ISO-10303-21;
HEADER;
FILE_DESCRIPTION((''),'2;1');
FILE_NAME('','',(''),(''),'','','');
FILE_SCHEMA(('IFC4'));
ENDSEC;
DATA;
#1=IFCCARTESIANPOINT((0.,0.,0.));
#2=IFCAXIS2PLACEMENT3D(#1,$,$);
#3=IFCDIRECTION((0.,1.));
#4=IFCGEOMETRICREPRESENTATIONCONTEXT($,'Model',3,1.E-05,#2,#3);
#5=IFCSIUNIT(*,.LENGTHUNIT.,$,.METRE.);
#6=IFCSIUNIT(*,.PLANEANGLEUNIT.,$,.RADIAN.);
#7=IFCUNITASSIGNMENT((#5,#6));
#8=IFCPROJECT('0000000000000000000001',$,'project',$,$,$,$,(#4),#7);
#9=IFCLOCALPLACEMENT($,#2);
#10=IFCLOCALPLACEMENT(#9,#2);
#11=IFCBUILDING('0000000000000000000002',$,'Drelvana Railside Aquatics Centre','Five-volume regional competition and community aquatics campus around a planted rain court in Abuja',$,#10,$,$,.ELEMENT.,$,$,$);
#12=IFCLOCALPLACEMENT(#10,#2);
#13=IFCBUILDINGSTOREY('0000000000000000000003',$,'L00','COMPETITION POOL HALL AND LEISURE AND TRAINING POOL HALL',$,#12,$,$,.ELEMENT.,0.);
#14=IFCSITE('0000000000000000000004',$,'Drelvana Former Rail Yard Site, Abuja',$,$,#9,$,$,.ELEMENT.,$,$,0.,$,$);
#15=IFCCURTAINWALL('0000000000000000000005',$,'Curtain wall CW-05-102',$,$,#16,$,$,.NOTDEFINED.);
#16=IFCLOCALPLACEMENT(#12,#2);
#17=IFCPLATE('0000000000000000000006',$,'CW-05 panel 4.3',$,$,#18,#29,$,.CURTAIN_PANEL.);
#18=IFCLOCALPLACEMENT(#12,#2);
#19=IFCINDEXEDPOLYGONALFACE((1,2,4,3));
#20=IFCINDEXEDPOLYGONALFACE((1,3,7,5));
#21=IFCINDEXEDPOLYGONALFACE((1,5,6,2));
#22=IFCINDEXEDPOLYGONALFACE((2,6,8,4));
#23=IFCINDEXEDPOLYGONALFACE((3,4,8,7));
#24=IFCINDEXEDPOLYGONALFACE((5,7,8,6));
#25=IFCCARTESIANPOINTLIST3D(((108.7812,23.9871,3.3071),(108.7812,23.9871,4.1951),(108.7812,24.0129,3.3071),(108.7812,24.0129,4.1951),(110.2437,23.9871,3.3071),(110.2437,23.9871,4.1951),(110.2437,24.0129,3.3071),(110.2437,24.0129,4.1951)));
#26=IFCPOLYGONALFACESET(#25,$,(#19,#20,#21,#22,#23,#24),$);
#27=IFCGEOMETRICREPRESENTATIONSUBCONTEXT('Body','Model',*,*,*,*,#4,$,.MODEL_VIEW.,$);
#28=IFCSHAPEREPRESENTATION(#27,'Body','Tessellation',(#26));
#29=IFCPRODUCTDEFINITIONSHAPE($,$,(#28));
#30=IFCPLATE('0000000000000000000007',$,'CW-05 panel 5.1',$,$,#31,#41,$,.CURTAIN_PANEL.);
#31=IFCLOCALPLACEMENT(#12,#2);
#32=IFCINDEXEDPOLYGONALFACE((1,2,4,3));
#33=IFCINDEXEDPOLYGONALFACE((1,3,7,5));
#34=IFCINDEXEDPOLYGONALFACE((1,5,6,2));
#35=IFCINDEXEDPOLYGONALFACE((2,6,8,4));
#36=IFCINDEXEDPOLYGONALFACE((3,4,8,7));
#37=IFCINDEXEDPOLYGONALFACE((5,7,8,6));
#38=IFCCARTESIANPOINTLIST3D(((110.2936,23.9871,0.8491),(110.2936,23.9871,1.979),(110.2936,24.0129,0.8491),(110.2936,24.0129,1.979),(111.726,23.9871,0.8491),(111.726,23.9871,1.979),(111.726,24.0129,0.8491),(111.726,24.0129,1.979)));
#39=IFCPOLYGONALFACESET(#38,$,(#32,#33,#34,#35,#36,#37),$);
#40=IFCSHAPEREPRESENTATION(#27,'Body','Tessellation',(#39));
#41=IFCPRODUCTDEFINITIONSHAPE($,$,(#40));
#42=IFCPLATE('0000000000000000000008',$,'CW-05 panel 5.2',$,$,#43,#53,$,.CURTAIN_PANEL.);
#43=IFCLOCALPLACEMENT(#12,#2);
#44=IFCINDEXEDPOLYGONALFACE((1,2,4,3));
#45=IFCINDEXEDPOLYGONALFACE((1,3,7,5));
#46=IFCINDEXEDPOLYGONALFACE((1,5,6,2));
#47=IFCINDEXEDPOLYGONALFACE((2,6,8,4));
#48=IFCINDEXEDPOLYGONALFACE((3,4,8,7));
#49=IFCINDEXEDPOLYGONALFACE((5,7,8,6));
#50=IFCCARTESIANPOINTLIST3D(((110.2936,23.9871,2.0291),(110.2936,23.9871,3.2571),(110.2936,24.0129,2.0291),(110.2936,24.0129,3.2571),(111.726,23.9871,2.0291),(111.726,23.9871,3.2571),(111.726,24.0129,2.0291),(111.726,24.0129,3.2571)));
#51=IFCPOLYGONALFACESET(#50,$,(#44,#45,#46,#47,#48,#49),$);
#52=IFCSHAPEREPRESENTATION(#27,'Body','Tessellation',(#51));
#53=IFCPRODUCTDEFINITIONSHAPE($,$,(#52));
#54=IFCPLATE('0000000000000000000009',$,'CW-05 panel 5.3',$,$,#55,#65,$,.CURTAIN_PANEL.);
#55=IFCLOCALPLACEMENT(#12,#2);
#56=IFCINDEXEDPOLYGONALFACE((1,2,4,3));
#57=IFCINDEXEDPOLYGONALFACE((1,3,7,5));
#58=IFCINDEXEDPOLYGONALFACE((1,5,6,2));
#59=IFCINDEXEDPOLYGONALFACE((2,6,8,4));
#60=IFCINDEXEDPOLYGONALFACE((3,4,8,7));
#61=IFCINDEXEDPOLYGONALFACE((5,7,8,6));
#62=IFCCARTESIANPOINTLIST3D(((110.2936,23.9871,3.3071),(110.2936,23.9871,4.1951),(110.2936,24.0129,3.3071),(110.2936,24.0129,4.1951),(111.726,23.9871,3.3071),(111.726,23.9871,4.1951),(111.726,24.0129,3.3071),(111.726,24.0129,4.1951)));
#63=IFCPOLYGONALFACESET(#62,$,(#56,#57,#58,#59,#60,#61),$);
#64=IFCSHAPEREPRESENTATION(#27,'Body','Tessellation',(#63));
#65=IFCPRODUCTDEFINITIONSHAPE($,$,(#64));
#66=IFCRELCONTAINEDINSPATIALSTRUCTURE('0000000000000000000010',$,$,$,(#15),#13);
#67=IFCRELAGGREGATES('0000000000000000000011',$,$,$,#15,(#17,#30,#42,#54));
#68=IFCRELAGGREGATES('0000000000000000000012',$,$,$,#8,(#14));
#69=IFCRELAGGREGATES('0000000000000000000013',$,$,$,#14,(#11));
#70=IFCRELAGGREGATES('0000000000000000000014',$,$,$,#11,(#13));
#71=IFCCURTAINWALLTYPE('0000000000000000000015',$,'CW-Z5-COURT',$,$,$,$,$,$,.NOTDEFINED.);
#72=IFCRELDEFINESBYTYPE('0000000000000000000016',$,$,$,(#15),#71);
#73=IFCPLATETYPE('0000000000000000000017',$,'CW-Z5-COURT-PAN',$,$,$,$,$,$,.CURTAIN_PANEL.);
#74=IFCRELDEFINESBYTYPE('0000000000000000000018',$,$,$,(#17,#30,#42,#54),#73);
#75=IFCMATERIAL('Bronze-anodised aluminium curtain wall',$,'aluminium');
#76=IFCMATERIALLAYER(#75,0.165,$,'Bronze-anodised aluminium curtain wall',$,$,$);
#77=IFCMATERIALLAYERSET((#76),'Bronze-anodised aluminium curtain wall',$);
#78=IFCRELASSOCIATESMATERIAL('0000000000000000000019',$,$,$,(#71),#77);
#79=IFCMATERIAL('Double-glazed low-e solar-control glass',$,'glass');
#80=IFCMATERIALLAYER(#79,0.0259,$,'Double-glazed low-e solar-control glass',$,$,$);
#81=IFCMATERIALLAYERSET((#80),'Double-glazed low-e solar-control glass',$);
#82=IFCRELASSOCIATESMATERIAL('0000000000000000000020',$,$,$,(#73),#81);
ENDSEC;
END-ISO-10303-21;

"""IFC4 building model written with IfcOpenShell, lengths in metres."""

from ifc_helpers import new_model, si_unit, direction, frame, origin, origin_2d, place, context, subcontext, project, spatial, rectangle, extrude, material, layer, layer_set, type_object, element, aggregate, save


model = new_model("IFC4")

# Units and contexts
model_context = context("Model", 3, precision=1e-05, world=origin(), true_north=direction((0.0, 1.0)))
body_context = subcontext(model_context, "Body", "Model", "MODEL_VIEW")
ifc_project = project(units=[si_unit("LENGTHUNIT", "METRE"), si_unit("PLANEANGLEUNIT", "RADIAN")], contexts=[model_context])

# Site, building, storey
site_placement = place(None, origin())
site = spatial("IfcSite", under=ifc_project, at=site_placement, Name="Drelvana Former Rail Yard Site, Abuja", CompositionType="ELEMENT", RefElevation=0.0)
building_placement = place(site_placement, origin())
building = spatial("IfcBuilding", under=site, at=building_placement, Name="Drelvana Railside Aquatics Centre", Description="Five-volume regional competition and community aquatics campus around a planted rain court in Abuja", CompositionType="ELEMENT")
storey_placement = place(building_placement, origin())
storey = spatial("IfcBuildingStorey", under=building, at=storey_placement, Name="L00", Description="COMPETITION POOL HALL AND LEISURE AND TRAINING POOL HALL", CompositionType="ELEMENT", Elevation=0.0)

# Curtain wall, plates
ifc_material_1 = material(Name="Bronze-anodised aluminium curtain wall", Category="aluminium")
ifc_layer_1 = layer(ifc_material_1, 0.165, Name="Bronze-anodised aluminium curtain wall")
ifc_layer_set_1 = layer_set([ifc_layer_1], Name="Bronze-anodised aluminium curtain wall")
curtain_wall_type = type_object("IfcCurtainWallType", Name="CW-Z5-COURT", PredefinedType="NOTDEFINED", material=ifc_layer_set_1)
curtain_wall_placement = place(storey_placement, origin())
curtain_wall = element("IfcCurtainWall", 1, at=curtain_wall_placement, inside=storey, type_object=curtain_wall_type, Name="Curtain wall CW-05-102", PredefinedType="NOTDEFINED")
ifc_material_2 = material(Name="Double-glazed low-e solar-control glass", Category="glass")
ifc_layer_2 = layer(ifc_material_2, 0.0259, Name="Double-glazed low-e solar-control glass")
ifc_layer_set_2 = layer_set([ifc_layer_2], Name="Double-glazed low-e solar-control glass")
plate_type = type_object("IfcPlateType", Name="CW-Z5-COURT-PAN", PredefinedType="CURTAIN_PANEL", material=ifc_layer_set_2)
plate_1_placement = place(storey_placement, frame((109.5125, 24.0, 3.3071), z_axis=(0.0, 0.0, 1.0), x_axis=(1.0, 0.0, 0.0)))
plate_1 = element("IfcPlate", 2, at=plate_1_placement, type_object=plate_type, Name="CW-05 panel 4.3", PredefinedType="CURTAIN_PANEL", context=body_context, shape_type="SweptSolid", body=[
    extrude(rectangle(XDim=1.4624, YDim=0.0259, at=origin_2d()), origin(), (0.0, 0.0, 1.0), 0.8879),
])
plate_2_placement = place(storey_placement, frame((111.0098, 24.0, 0.8491), z_axis=(0.0, 0.0, 1.0), x_axis=(1.0, 0.0, 0.0)))
plate_2 = element("IfcPlate", 3, at=plate_2_placement, type_object=plate_type, Name="CW-05 panel 5.1", PredefinedType="CURTAIN_PANEL", context=body_context, shape_type="SweptSolid", body=[
    extrude(rectangle(XDim=1.4324, YDim=0.0259, at=origin_2d()), origin(), (0.0, 0.0, 1.0), 1.1299),
])
plate_3_placement = place(storey_placement, frame((111.0098, 24.0, 2.0291), z_axis=(0.0, 0.0, 1.0), x_axis=(1.0, 0.0, 0.0)))
plate_3 = element("IfcPlate", 4, at=plate_3_placement, type_object=plate_type, Name="CW-05 panel 5.2", PredefinedType="CURTAIN_PANEL", context=body_context, shape_type="SweptSolid", body=[
    extrude(rectangle(XDim=1.4324, YDim=0.0259, at=origin_2d()), origin(), (0.0, 0.0, 1.0), 1.228),
])
plate_4_placement = place(storey_placement, frame((111.0098, 24.0, 3.3071), z_axis=(0.0, 0.0, 1.0), x_axis=(1.0, 0.0, 0.0)))
plate_4 = element("IfcPlate", 5, at=plate_4_placement, type_object=plate_type, Name="CW-05 panel 5.3", PredefinedType="CURTAIN_PANEL", context=body_context, shape_type="SweptSolid", body=[
    extrude(rectangle(XDim=1.4324, YDim=0.0259, at=origin_2d()), origin(), (0.0, 0.0, 1.0), 0.8879),
])
aggregate(curtain_wall, [plate_1, plate_2, plate_3, plate_4])

save(model, "model.ifc")
